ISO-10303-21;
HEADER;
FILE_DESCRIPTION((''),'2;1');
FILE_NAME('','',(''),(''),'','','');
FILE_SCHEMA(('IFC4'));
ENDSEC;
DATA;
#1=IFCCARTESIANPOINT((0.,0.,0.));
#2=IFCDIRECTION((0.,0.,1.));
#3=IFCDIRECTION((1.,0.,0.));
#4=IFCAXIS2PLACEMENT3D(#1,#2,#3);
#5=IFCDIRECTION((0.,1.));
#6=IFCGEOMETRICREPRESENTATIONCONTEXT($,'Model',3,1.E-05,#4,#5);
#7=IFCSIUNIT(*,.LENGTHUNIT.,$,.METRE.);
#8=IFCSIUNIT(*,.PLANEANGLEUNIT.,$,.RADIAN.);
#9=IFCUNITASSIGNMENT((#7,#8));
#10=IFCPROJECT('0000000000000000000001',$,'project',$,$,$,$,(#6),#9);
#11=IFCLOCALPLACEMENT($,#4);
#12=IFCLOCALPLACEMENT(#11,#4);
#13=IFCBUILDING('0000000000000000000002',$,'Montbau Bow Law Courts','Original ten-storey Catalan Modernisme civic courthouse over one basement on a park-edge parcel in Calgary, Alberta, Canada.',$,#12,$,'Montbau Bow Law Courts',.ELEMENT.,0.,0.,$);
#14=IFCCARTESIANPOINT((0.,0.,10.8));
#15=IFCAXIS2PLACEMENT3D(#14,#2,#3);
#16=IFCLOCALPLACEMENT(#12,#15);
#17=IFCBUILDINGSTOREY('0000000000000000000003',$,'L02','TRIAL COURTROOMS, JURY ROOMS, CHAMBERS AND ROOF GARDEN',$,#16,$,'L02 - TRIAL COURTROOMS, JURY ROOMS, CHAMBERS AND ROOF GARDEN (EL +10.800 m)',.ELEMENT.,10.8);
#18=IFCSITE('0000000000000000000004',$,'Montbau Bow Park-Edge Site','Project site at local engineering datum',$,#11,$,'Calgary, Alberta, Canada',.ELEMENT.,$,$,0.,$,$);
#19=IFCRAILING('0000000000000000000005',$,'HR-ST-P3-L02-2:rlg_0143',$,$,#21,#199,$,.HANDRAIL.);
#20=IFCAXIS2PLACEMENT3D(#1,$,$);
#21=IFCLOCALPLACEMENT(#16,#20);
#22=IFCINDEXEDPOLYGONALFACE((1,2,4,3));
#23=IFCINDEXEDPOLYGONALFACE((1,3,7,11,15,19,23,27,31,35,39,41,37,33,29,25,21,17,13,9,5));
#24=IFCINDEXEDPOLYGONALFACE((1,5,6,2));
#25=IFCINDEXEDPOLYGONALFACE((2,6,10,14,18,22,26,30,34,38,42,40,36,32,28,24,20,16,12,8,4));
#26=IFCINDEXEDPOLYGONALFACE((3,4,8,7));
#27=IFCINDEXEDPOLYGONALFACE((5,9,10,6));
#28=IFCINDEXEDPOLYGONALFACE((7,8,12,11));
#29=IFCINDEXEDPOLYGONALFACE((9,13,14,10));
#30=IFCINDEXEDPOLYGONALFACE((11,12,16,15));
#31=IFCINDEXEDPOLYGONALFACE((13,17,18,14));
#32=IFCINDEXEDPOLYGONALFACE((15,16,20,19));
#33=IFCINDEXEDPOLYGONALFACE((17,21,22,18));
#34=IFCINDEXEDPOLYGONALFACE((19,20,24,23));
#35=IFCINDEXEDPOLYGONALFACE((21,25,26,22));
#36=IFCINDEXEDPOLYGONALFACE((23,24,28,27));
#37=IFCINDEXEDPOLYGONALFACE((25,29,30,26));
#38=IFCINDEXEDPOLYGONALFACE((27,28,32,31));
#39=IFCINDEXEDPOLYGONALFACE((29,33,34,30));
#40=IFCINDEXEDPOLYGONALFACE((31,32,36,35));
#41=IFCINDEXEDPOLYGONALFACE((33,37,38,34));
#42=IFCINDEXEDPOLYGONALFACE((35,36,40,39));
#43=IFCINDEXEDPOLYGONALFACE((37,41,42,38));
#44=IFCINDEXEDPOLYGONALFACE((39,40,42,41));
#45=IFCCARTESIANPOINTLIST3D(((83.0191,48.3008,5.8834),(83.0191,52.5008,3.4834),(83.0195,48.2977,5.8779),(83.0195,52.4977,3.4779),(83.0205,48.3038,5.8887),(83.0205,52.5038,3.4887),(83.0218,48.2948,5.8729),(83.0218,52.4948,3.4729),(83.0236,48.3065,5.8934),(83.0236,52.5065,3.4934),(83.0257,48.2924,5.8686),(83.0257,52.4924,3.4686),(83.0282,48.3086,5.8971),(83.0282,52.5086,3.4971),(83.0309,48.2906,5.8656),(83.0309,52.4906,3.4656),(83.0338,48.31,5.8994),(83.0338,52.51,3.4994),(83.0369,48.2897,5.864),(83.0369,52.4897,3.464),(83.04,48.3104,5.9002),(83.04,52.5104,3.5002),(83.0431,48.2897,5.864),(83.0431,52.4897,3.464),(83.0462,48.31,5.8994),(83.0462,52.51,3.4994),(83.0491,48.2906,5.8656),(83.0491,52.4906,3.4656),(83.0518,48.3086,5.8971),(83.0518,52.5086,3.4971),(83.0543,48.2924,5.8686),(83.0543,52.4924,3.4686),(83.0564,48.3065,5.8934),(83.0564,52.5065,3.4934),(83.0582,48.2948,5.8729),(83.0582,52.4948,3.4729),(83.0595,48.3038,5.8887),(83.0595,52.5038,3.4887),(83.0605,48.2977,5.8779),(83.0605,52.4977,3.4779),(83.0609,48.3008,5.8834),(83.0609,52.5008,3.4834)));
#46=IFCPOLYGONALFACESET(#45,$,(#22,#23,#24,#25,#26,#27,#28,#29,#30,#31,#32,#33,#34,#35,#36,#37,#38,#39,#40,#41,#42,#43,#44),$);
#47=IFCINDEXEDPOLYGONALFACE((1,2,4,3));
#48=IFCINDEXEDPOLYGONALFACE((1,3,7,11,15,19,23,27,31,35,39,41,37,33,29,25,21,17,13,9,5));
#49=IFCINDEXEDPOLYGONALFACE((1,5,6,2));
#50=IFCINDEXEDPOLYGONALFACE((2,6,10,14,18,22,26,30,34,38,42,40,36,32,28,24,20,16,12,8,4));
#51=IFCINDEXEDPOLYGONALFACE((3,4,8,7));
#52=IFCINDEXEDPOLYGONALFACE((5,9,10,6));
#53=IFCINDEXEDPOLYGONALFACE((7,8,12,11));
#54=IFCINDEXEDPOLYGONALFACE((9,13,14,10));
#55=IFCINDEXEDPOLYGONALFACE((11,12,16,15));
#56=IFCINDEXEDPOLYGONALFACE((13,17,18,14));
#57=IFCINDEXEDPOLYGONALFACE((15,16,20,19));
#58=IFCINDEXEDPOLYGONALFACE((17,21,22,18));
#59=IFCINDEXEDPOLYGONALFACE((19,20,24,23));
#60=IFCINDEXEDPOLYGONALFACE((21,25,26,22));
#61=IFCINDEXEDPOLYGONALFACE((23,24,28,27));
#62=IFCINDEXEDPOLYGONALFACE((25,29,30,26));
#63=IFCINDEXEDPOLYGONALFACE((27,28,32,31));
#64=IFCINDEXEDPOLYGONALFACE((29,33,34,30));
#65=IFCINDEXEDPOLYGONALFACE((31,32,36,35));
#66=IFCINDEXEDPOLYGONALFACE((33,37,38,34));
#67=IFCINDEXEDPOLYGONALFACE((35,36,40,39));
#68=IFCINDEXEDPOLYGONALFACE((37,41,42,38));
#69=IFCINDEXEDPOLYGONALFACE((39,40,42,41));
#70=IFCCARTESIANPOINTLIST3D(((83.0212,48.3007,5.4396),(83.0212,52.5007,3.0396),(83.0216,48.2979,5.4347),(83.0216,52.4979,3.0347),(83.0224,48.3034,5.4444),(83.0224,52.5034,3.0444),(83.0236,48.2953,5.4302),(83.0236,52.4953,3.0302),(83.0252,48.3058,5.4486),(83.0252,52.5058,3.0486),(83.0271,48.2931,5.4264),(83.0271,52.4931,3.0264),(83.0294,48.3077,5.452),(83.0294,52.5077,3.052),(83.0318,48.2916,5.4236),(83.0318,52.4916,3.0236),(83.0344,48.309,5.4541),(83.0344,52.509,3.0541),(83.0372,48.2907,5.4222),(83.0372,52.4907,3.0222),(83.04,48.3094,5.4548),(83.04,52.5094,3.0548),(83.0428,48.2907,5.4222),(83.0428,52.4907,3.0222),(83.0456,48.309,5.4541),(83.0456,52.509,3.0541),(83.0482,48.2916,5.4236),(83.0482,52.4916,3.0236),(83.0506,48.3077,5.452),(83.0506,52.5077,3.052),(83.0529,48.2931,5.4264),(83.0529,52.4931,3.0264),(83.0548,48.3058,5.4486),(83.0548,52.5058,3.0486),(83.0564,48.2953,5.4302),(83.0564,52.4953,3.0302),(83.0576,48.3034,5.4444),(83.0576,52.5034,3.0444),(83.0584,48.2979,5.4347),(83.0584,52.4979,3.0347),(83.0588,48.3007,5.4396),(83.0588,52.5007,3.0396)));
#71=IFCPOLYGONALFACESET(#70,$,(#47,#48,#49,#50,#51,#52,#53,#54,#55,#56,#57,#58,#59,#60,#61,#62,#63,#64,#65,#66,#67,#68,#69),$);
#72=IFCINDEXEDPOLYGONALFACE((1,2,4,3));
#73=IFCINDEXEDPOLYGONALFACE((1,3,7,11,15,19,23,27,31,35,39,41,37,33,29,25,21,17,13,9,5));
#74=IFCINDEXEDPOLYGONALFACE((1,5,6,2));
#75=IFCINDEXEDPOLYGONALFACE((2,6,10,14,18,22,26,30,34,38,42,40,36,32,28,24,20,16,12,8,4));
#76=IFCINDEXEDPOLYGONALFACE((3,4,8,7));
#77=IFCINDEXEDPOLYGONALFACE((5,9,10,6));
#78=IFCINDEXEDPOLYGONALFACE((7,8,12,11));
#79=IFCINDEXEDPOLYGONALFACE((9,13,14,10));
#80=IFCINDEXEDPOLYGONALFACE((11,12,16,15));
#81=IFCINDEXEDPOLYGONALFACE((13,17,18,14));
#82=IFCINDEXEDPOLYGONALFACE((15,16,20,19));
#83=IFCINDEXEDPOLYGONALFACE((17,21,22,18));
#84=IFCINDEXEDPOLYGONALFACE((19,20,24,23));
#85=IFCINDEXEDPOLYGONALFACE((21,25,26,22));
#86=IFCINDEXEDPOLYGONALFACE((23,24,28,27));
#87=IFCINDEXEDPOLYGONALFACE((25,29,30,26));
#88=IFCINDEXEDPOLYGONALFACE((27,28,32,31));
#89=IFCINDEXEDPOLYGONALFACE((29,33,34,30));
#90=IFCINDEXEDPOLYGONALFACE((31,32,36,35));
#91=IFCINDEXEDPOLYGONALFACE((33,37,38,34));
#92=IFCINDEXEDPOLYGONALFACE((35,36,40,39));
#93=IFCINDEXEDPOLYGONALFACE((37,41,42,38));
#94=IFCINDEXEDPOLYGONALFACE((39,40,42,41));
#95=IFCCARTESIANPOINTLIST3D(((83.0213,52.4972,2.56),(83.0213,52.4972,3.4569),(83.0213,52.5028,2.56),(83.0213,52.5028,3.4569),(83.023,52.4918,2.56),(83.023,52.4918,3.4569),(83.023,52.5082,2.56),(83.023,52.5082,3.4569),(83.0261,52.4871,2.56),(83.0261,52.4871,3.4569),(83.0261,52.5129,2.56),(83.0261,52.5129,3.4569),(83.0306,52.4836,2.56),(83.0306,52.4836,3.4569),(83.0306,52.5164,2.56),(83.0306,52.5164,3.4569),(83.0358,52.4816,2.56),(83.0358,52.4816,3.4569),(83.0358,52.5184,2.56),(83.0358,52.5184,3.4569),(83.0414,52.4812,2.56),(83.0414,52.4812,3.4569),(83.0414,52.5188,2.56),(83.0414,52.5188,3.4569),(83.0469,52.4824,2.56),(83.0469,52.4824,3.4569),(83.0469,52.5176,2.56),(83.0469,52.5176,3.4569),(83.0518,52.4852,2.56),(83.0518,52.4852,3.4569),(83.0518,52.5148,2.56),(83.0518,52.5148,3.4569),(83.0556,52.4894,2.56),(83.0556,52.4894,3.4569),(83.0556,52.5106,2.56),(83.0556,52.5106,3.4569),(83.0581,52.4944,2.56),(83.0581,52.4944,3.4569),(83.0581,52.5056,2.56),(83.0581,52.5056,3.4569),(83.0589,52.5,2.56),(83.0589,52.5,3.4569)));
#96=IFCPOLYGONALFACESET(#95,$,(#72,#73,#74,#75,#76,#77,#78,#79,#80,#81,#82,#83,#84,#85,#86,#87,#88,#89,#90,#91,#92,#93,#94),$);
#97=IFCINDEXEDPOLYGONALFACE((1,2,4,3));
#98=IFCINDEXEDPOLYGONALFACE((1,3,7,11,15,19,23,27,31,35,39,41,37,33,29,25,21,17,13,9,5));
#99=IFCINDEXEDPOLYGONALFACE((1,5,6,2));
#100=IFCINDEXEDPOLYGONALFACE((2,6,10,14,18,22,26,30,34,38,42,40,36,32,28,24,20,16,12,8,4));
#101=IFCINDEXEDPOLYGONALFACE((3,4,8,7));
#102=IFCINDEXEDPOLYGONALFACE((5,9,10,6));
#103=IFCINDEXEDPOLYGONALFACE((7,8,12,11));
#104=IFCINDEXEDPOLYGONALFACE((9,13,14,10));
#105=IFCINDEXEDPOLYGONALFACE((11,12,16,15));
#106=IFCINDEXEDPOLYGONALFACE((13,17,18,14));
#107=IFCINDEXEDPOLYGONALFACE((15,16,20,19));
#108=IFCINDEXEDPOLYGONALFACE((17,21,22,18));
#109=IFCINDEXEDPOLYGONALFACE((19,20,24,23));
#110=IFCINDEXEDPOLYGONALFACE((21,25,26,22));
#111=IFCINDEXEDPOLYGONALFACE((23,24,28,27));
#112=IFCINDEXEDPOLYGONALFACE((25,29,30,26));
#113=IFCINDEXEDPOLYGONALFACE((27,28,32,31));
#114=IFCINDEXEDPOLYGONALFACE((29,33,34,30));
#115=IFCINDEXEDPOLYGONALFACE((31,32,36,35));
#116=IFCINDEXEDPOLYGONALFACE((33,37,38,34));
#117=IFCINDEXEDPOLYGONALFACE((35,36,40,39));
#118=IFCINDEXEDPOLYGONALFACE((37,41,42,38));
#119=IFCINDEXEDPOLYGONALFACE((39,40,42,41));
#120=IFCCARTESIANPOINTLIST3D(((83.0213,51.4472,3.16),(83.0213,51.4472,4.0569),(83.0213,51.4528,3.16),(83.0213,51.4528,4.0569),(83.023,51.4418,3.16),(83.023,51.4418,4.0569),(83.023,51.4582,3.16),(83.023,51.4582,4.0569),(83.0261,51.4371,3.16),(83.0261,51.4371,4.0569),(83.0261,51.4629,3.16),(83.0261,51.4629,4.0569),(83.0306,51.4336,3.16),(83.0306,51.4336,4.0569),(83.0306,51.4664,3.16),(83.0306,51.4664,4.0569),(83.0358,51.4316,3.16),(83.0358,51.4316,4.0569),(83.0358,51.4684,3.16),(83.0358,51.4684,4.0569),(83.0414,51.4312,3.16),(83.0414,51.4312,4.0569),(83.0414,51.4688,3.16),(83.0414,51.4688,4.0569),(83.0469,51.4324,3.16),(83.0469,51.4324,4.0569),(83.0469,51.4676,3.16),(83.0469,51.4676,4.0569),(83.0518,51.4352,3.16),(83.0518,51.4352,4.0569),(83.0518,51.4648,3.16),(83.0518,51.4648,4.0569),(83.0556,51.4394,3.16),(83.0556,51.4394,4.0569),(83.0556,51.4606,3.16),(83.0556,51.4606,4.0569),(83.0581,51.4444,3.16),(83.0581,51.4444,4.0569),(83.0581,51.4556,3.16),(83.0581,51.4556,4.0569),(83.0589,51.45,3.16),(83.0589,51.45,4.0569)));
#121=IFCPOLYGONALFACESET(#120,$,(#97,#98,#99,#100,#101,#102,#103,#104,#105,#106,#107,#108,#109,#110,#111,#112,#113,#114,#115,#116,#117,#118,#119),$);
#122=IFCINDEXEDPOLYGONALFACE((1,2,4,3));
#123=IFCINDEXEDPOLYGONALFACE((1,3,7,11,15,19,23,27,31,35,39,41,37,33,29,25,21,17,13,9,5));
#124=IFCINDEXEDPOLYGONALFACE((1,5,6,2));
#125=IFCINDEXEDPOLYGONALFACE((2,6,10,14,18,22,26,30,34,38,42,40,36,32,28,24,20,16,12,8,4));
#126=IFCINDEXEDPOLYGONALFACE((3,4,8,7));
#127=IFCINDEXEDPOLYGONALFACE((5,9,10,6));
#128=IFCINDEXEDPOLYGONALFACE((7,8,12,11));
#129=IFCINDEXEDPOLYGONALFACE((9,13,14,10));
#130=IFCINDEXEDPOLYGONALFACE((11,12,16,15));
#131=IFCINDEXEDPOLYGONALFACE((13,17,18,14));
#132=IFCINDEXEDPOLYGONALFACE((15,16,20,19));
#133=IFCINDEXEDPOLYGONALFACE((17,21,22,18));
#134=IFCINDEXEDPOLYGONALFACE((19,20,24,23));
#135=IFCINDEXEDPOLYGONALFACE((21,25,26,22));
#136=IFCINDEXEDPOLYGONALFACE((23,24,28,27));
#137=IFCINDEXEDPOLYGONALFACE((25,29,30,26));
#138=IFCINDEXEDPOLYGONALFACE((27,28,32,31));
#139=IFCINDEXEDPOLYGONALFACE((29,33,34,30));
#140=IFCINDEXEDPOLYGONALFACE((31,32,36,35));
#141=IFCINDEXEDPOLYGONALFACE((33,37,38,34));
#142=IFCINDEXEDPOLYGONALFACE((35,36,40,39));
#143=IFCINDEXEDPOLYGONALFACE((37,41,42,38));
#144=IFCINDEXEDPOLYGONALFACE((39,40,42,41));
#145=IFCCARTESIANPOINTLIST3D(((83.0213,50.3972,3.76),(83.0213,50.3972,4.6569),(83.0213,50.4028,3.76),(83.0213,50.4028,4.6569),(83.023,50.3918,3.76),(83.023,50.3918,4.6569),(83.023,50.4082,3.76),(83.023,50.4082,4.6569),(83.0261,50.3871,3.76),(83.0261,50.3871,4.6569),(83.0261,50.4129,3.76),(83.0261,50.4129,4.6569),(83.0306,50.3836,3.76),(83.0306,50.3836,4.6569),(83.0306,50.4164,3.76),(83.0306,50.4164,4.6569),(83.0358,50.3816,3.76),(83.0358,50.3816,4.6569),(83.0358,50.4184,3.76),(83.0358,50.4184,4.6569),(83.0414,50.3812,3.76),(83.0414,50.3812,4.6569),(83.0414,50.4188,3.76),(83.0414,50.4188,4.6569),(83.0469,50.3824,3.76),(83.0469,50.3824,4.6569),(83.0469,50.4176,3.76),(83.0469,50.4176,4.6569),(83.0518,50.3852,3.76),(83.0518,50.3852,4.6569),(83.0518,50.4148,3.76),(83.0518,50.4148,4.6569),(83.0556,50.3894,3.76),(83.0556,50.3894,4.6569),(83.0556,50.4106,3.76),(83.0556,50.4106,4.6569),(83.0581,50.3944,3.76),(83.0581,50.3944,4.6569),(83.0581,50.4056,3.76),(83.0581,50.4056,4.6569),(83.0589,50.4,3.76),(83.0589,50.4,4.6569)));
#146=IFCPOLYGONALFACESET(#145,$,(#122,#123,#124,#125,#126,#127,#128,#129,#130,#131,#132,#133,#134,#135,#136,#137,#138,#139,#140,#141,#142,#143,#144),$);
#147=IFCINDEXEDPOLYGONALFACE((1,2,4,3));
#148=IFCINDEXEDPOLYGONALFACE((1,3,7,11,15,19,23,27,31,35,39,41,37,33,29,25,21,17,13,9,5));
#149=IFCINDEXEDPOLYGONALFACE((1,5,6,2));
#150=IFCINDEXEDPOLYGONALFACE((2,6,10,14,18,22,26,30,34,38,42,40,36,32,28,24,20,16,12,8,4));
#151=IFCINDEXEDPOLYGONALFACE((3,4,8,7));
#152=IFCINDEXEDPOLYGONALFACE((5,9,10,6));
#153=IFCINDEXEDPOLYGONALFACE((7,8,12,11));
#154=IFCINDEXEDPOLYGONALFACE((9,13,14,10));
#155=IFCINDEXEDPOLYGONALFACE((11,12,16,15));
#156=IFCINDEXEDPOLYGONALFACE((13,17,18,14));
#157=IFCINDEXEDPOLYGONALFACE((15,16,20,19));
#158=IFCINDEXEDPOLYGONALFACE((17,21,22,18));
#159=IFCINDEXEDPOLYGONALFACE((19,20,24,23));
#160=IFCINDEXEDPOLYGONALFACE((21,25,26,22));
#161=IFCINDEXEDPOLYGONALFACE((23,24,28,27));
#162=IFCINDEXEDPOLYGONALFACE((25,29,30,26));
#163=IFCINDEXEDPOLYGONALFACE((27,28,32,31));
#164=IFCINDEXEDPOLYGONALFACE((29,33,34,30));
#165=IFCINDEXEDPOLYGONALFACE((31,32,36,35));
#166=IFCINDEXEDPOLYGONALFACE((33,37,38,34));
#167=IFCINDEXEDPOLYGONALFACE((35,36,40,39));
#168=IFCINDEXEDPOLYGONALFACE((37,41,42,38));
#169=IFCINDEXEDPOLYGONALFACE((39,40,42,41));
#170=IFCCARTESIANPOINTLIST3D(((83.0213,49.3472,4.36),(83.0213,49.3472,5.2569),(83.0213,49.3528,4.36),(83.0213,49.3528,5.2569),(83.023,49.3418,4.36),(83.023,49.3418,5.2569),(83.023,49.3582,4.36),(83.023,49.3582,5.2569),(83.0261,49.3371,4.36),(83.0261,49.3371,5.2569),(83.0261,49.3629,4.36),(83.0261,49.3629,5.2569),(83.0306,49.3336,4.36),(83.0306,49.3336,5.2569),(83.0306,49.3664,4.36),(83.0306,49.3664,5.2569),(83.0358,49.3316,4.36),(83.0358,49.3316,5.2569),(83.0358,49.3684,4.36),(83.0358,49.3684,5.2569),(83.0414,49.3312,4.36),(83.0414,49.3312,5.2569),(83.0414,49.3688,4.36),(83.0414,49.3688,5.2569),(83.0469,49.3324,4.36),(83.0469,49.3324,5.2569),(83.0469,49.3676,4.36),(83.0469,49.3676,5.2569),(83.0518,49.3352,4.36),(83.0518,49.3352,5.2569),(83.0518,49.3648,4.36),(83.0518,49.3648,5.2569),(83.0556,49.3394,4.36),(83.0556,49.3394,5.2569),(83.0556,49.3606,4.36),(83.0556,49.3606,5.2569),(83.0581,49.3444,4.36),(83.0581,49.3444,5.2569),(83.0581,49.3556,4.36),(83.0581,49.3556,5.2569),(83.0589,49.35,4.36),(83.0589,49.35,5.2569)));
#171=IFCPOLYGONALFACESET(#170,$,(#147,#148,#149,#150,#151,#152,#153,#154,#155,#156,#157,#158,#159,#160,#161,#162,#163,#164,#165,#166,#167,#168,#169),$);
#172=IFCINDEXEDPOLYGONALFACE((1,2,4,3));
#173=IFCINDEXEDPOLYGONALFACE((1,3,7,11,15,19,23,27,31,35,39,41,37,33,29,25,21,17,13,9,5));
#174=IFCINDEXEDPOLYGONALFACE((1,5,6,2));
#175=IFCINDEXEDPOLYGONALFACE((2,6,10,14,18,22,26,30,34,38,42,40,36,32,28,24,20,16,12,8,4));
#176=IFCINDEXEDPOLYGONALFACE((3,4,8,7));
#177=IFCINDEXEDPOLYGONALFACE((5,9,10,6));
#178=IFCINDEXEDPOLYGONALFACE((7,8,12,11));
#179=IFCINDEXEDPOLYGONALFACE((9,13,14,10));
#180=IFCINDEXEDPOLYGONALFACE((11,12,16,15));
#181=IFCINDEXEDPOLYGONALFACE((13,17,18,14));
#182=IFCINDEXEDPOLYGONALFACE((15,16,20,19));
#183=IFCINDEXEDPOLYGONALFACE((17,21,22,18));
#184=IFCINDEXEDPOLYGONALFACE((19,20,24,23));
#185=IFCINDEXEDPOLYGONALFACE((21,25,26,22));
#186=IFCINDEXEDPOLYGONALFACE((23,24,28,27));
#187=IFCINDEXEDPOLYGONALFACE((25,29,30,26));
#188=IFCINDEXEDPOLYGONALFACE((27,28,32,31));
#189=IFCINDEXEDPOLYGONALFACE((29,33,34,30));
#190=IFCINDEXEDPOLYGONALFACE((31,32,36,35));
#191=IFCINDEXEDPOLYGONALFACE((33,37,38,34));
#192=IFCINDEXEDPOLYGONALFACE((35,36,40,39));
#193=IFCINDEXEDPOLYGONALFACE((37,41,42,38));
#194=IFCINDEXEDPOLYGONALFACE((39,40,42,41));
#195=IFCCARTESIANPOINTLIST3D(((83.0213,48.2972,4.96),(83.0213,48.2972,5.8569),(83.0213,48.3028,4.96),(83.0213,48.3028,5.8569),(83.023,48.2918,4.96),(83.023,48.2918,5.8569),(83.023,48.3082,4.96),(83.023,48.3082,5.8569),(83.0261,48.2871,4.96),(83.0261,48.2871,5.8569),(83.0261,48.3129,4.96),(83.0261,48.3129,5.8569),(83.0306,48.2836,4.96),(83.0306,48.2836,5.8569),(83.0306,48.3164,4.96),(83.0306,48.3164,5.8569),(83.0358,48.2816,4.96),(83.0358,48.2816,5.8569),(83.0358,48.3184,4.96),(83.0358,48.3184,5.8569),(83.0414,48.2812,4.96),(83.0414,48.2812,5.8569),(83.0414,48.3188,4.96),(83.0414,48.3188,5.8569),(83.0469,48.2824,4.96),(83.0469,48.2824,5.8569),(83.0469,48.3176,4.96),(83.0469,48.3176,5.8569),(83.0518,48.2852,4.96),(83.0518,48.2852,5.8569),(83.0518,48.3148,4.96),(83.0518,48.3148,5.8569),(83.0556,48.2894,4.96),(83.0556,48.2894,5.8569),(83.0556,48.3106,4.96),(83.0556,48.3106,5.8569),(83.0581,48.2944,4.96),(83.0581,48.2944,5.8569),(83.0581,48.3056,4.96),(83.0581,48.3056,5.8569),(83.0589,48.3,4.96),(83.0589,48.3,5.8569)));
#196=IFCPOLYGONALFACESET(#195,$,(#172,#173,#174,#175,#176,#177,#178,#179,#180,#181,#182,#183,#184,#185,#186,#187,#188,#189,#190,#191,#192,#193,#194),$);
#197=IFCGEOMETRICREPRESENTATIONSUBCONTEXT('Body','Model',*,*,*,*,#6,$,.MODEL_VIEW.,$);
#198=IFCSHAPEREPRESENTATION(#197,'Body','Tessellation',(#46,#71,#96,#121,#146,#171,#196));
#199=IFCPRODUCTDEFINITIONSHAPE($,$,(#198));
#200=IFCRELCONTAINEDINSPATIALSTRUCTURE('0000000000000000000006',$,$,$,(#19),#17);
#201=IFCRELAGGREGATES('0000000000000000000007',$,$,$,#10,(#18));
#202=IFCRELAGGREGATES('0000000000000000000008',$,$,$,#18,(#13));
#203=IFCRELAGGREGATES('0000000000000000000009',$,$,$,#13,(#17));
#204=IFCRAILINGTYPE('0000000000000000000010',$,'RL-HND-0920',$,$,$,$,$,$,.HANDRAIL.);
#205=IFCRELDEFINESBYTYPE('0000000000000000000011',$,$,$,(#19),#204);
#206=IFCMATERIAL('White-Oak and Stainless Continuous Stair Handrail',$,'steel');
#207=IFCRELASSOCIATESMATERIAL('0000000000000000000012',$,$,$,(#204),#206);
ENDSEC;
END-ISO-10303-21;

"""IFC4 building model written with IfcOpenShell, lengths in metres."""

from ifc_helpers import new_model, si_unit, direction, frame, origin_with_axes, origin_2d_with_axis, place, context, subcontext, project, spatial, circle, extrude, material, type_object, element, save


model = new_model("IFC4")

# Units and contexts
model_context = context("Model", 3, precision=1e-05, world=origin_with_axes(), true_north=direction((0.0, 1.0)))
body_context = subcontext(model_context, "Body", "Model", "MODEL_VIEW")
ifc_project = project(units=[si_unit("LENGTHUNIT", "METRE"), si_unit("PLANEANGLEUNIT", "RADIAN")], contexts=[model_context])

# Site, building, storey
site_placement = place(None, origin_with_axes())
site = spatial("IfcSite", under=ifc_project, at=site_placement, Name="Montbau Bow Park-Edge Site", Description="Project site at local engineering datum", LongName="Calgary, Alberta, Canada", CompositionType="ELEMENT", RefElevation=0.0)
building_placement = place(site_placement, origin_with_axes())
building = spatial("IfcBuilding", under=site, at=building_placement, Name="Montbau Bow Law Courts", Description="Original ten-storey Catalan Modernisme civic courthouse over one basement on a park-edge parcel in Calgary, Alberta, Canada.", LongName="Montbau Bow Law Courts", CompositionType="ELEMENT", ElevationOfRefHeight=0.0, ElevationOfTerrain=0.0)
storey_placement = place(building_placement, frame((0.0, 0.0, 10.8), z_axis=(0.0, 0.0, 1.0), x_axis=(1.0, 0.0, 0.0)))
storey = spatial("IfcBuildingStorey", under=building, at=storey_placement, Name="L02", Description="TRIAL COURTROOMS, JURY ROOMS, CHAMBERS AND ROOF GARDEN", LongName="L02 - TRIAL COURTROOMS, JURY ROOMS, CHAMBERS AND ROOF GARDEN (EL +10.800 m)", CompositionType="ELEMENT", Elevation=10.8)

# Railing
ifc_material_1 = material(Name="White-Oak and Stainless Continuous Stair Handrail", Category="steel")
railing_type_1 = type_object("IfcRailingType", Name="RL-HND-0920", PredefinedType="HANDRAIL", material=ifc_material_1)
railing_1_placement = place(None, origin_with_axes())
element("IfcRailing", 1, at=railing_1_placement, inside=storey, type_object=railing_type_1, Name="HR-ST-P3-L02-2:rlg_0143", PredefinedType="HANDRAIL", context=body_context, shape_type="SweptSolid", body=[
    extrude(circle(Radius=0.021, at=origin_2d_with_axis()), frame((83.04, 52.5, 14.282), z_axis=(0.0, -0.868243, 0.496139), x_axis=(0.0, 0.496139, 0.868243)), (0.0, 0.0, 1.0), 4.8374),
    extrude(circle(Radius=0.0189, at=origin_2d_with_axis()), frame((83.04, 52.5, 13.8384), z_axis=(0.0, -0.868243, 0.496139), x_axis=(0.0, 0.496139, 0.868243)), (0.0, 0.0, 1.0), 4.8374),
    extrude(circle(Radius=0.0189, at=origin_2d_with_axis()), frame((83.04, 52.5, 13.36), z_axis=(0.0, 0.0, 1.0), x_axis=(1.0, 0.0, 0.0)), (0.0, 0.0, 1.0), 0.8969),
    extrude(circle(Radius=0.0189, at=origin_2d_with_axis()), frame((83.04, 51.45, 13.96), z_axis=(0.0, 0.0, 1.0), x_axis=(1.0, 0.0, 0.0)), (0.0, 0.0, 1.0), 0.8969),
    extrude(circle(Radius=0.0189, at=origin_2d_with_axis()), frame((83.04, 50.4, 14.56), z_axis=(0.0, 0.0, 1.0), x_axis=(1.0, 0.0, 0.0)), (0.0, 0.0, 1.0), 0.8969),
    extrude(circle(Radius=0.0189, at=origin_2d_with_axis()), frame((83.04, 49.35, 15.16), z_axis=(0.0, 0.0, 1.0), x_axis=(1.0, 0.0, 0.0)), (0.0, 0.0, 1.0), 0.8969),
    extrude(circle(Radius=0.0189, at=origin_2d_with_axis()), frame((83.04, 48.3, 15.76), z_axis=(0.0, 0.0, 1.0), x_axis=(1.0, 0.0, 0.0)), (0.0, 0.0, 1.0), 0.8969),
])

save(model, "model.ifc")
